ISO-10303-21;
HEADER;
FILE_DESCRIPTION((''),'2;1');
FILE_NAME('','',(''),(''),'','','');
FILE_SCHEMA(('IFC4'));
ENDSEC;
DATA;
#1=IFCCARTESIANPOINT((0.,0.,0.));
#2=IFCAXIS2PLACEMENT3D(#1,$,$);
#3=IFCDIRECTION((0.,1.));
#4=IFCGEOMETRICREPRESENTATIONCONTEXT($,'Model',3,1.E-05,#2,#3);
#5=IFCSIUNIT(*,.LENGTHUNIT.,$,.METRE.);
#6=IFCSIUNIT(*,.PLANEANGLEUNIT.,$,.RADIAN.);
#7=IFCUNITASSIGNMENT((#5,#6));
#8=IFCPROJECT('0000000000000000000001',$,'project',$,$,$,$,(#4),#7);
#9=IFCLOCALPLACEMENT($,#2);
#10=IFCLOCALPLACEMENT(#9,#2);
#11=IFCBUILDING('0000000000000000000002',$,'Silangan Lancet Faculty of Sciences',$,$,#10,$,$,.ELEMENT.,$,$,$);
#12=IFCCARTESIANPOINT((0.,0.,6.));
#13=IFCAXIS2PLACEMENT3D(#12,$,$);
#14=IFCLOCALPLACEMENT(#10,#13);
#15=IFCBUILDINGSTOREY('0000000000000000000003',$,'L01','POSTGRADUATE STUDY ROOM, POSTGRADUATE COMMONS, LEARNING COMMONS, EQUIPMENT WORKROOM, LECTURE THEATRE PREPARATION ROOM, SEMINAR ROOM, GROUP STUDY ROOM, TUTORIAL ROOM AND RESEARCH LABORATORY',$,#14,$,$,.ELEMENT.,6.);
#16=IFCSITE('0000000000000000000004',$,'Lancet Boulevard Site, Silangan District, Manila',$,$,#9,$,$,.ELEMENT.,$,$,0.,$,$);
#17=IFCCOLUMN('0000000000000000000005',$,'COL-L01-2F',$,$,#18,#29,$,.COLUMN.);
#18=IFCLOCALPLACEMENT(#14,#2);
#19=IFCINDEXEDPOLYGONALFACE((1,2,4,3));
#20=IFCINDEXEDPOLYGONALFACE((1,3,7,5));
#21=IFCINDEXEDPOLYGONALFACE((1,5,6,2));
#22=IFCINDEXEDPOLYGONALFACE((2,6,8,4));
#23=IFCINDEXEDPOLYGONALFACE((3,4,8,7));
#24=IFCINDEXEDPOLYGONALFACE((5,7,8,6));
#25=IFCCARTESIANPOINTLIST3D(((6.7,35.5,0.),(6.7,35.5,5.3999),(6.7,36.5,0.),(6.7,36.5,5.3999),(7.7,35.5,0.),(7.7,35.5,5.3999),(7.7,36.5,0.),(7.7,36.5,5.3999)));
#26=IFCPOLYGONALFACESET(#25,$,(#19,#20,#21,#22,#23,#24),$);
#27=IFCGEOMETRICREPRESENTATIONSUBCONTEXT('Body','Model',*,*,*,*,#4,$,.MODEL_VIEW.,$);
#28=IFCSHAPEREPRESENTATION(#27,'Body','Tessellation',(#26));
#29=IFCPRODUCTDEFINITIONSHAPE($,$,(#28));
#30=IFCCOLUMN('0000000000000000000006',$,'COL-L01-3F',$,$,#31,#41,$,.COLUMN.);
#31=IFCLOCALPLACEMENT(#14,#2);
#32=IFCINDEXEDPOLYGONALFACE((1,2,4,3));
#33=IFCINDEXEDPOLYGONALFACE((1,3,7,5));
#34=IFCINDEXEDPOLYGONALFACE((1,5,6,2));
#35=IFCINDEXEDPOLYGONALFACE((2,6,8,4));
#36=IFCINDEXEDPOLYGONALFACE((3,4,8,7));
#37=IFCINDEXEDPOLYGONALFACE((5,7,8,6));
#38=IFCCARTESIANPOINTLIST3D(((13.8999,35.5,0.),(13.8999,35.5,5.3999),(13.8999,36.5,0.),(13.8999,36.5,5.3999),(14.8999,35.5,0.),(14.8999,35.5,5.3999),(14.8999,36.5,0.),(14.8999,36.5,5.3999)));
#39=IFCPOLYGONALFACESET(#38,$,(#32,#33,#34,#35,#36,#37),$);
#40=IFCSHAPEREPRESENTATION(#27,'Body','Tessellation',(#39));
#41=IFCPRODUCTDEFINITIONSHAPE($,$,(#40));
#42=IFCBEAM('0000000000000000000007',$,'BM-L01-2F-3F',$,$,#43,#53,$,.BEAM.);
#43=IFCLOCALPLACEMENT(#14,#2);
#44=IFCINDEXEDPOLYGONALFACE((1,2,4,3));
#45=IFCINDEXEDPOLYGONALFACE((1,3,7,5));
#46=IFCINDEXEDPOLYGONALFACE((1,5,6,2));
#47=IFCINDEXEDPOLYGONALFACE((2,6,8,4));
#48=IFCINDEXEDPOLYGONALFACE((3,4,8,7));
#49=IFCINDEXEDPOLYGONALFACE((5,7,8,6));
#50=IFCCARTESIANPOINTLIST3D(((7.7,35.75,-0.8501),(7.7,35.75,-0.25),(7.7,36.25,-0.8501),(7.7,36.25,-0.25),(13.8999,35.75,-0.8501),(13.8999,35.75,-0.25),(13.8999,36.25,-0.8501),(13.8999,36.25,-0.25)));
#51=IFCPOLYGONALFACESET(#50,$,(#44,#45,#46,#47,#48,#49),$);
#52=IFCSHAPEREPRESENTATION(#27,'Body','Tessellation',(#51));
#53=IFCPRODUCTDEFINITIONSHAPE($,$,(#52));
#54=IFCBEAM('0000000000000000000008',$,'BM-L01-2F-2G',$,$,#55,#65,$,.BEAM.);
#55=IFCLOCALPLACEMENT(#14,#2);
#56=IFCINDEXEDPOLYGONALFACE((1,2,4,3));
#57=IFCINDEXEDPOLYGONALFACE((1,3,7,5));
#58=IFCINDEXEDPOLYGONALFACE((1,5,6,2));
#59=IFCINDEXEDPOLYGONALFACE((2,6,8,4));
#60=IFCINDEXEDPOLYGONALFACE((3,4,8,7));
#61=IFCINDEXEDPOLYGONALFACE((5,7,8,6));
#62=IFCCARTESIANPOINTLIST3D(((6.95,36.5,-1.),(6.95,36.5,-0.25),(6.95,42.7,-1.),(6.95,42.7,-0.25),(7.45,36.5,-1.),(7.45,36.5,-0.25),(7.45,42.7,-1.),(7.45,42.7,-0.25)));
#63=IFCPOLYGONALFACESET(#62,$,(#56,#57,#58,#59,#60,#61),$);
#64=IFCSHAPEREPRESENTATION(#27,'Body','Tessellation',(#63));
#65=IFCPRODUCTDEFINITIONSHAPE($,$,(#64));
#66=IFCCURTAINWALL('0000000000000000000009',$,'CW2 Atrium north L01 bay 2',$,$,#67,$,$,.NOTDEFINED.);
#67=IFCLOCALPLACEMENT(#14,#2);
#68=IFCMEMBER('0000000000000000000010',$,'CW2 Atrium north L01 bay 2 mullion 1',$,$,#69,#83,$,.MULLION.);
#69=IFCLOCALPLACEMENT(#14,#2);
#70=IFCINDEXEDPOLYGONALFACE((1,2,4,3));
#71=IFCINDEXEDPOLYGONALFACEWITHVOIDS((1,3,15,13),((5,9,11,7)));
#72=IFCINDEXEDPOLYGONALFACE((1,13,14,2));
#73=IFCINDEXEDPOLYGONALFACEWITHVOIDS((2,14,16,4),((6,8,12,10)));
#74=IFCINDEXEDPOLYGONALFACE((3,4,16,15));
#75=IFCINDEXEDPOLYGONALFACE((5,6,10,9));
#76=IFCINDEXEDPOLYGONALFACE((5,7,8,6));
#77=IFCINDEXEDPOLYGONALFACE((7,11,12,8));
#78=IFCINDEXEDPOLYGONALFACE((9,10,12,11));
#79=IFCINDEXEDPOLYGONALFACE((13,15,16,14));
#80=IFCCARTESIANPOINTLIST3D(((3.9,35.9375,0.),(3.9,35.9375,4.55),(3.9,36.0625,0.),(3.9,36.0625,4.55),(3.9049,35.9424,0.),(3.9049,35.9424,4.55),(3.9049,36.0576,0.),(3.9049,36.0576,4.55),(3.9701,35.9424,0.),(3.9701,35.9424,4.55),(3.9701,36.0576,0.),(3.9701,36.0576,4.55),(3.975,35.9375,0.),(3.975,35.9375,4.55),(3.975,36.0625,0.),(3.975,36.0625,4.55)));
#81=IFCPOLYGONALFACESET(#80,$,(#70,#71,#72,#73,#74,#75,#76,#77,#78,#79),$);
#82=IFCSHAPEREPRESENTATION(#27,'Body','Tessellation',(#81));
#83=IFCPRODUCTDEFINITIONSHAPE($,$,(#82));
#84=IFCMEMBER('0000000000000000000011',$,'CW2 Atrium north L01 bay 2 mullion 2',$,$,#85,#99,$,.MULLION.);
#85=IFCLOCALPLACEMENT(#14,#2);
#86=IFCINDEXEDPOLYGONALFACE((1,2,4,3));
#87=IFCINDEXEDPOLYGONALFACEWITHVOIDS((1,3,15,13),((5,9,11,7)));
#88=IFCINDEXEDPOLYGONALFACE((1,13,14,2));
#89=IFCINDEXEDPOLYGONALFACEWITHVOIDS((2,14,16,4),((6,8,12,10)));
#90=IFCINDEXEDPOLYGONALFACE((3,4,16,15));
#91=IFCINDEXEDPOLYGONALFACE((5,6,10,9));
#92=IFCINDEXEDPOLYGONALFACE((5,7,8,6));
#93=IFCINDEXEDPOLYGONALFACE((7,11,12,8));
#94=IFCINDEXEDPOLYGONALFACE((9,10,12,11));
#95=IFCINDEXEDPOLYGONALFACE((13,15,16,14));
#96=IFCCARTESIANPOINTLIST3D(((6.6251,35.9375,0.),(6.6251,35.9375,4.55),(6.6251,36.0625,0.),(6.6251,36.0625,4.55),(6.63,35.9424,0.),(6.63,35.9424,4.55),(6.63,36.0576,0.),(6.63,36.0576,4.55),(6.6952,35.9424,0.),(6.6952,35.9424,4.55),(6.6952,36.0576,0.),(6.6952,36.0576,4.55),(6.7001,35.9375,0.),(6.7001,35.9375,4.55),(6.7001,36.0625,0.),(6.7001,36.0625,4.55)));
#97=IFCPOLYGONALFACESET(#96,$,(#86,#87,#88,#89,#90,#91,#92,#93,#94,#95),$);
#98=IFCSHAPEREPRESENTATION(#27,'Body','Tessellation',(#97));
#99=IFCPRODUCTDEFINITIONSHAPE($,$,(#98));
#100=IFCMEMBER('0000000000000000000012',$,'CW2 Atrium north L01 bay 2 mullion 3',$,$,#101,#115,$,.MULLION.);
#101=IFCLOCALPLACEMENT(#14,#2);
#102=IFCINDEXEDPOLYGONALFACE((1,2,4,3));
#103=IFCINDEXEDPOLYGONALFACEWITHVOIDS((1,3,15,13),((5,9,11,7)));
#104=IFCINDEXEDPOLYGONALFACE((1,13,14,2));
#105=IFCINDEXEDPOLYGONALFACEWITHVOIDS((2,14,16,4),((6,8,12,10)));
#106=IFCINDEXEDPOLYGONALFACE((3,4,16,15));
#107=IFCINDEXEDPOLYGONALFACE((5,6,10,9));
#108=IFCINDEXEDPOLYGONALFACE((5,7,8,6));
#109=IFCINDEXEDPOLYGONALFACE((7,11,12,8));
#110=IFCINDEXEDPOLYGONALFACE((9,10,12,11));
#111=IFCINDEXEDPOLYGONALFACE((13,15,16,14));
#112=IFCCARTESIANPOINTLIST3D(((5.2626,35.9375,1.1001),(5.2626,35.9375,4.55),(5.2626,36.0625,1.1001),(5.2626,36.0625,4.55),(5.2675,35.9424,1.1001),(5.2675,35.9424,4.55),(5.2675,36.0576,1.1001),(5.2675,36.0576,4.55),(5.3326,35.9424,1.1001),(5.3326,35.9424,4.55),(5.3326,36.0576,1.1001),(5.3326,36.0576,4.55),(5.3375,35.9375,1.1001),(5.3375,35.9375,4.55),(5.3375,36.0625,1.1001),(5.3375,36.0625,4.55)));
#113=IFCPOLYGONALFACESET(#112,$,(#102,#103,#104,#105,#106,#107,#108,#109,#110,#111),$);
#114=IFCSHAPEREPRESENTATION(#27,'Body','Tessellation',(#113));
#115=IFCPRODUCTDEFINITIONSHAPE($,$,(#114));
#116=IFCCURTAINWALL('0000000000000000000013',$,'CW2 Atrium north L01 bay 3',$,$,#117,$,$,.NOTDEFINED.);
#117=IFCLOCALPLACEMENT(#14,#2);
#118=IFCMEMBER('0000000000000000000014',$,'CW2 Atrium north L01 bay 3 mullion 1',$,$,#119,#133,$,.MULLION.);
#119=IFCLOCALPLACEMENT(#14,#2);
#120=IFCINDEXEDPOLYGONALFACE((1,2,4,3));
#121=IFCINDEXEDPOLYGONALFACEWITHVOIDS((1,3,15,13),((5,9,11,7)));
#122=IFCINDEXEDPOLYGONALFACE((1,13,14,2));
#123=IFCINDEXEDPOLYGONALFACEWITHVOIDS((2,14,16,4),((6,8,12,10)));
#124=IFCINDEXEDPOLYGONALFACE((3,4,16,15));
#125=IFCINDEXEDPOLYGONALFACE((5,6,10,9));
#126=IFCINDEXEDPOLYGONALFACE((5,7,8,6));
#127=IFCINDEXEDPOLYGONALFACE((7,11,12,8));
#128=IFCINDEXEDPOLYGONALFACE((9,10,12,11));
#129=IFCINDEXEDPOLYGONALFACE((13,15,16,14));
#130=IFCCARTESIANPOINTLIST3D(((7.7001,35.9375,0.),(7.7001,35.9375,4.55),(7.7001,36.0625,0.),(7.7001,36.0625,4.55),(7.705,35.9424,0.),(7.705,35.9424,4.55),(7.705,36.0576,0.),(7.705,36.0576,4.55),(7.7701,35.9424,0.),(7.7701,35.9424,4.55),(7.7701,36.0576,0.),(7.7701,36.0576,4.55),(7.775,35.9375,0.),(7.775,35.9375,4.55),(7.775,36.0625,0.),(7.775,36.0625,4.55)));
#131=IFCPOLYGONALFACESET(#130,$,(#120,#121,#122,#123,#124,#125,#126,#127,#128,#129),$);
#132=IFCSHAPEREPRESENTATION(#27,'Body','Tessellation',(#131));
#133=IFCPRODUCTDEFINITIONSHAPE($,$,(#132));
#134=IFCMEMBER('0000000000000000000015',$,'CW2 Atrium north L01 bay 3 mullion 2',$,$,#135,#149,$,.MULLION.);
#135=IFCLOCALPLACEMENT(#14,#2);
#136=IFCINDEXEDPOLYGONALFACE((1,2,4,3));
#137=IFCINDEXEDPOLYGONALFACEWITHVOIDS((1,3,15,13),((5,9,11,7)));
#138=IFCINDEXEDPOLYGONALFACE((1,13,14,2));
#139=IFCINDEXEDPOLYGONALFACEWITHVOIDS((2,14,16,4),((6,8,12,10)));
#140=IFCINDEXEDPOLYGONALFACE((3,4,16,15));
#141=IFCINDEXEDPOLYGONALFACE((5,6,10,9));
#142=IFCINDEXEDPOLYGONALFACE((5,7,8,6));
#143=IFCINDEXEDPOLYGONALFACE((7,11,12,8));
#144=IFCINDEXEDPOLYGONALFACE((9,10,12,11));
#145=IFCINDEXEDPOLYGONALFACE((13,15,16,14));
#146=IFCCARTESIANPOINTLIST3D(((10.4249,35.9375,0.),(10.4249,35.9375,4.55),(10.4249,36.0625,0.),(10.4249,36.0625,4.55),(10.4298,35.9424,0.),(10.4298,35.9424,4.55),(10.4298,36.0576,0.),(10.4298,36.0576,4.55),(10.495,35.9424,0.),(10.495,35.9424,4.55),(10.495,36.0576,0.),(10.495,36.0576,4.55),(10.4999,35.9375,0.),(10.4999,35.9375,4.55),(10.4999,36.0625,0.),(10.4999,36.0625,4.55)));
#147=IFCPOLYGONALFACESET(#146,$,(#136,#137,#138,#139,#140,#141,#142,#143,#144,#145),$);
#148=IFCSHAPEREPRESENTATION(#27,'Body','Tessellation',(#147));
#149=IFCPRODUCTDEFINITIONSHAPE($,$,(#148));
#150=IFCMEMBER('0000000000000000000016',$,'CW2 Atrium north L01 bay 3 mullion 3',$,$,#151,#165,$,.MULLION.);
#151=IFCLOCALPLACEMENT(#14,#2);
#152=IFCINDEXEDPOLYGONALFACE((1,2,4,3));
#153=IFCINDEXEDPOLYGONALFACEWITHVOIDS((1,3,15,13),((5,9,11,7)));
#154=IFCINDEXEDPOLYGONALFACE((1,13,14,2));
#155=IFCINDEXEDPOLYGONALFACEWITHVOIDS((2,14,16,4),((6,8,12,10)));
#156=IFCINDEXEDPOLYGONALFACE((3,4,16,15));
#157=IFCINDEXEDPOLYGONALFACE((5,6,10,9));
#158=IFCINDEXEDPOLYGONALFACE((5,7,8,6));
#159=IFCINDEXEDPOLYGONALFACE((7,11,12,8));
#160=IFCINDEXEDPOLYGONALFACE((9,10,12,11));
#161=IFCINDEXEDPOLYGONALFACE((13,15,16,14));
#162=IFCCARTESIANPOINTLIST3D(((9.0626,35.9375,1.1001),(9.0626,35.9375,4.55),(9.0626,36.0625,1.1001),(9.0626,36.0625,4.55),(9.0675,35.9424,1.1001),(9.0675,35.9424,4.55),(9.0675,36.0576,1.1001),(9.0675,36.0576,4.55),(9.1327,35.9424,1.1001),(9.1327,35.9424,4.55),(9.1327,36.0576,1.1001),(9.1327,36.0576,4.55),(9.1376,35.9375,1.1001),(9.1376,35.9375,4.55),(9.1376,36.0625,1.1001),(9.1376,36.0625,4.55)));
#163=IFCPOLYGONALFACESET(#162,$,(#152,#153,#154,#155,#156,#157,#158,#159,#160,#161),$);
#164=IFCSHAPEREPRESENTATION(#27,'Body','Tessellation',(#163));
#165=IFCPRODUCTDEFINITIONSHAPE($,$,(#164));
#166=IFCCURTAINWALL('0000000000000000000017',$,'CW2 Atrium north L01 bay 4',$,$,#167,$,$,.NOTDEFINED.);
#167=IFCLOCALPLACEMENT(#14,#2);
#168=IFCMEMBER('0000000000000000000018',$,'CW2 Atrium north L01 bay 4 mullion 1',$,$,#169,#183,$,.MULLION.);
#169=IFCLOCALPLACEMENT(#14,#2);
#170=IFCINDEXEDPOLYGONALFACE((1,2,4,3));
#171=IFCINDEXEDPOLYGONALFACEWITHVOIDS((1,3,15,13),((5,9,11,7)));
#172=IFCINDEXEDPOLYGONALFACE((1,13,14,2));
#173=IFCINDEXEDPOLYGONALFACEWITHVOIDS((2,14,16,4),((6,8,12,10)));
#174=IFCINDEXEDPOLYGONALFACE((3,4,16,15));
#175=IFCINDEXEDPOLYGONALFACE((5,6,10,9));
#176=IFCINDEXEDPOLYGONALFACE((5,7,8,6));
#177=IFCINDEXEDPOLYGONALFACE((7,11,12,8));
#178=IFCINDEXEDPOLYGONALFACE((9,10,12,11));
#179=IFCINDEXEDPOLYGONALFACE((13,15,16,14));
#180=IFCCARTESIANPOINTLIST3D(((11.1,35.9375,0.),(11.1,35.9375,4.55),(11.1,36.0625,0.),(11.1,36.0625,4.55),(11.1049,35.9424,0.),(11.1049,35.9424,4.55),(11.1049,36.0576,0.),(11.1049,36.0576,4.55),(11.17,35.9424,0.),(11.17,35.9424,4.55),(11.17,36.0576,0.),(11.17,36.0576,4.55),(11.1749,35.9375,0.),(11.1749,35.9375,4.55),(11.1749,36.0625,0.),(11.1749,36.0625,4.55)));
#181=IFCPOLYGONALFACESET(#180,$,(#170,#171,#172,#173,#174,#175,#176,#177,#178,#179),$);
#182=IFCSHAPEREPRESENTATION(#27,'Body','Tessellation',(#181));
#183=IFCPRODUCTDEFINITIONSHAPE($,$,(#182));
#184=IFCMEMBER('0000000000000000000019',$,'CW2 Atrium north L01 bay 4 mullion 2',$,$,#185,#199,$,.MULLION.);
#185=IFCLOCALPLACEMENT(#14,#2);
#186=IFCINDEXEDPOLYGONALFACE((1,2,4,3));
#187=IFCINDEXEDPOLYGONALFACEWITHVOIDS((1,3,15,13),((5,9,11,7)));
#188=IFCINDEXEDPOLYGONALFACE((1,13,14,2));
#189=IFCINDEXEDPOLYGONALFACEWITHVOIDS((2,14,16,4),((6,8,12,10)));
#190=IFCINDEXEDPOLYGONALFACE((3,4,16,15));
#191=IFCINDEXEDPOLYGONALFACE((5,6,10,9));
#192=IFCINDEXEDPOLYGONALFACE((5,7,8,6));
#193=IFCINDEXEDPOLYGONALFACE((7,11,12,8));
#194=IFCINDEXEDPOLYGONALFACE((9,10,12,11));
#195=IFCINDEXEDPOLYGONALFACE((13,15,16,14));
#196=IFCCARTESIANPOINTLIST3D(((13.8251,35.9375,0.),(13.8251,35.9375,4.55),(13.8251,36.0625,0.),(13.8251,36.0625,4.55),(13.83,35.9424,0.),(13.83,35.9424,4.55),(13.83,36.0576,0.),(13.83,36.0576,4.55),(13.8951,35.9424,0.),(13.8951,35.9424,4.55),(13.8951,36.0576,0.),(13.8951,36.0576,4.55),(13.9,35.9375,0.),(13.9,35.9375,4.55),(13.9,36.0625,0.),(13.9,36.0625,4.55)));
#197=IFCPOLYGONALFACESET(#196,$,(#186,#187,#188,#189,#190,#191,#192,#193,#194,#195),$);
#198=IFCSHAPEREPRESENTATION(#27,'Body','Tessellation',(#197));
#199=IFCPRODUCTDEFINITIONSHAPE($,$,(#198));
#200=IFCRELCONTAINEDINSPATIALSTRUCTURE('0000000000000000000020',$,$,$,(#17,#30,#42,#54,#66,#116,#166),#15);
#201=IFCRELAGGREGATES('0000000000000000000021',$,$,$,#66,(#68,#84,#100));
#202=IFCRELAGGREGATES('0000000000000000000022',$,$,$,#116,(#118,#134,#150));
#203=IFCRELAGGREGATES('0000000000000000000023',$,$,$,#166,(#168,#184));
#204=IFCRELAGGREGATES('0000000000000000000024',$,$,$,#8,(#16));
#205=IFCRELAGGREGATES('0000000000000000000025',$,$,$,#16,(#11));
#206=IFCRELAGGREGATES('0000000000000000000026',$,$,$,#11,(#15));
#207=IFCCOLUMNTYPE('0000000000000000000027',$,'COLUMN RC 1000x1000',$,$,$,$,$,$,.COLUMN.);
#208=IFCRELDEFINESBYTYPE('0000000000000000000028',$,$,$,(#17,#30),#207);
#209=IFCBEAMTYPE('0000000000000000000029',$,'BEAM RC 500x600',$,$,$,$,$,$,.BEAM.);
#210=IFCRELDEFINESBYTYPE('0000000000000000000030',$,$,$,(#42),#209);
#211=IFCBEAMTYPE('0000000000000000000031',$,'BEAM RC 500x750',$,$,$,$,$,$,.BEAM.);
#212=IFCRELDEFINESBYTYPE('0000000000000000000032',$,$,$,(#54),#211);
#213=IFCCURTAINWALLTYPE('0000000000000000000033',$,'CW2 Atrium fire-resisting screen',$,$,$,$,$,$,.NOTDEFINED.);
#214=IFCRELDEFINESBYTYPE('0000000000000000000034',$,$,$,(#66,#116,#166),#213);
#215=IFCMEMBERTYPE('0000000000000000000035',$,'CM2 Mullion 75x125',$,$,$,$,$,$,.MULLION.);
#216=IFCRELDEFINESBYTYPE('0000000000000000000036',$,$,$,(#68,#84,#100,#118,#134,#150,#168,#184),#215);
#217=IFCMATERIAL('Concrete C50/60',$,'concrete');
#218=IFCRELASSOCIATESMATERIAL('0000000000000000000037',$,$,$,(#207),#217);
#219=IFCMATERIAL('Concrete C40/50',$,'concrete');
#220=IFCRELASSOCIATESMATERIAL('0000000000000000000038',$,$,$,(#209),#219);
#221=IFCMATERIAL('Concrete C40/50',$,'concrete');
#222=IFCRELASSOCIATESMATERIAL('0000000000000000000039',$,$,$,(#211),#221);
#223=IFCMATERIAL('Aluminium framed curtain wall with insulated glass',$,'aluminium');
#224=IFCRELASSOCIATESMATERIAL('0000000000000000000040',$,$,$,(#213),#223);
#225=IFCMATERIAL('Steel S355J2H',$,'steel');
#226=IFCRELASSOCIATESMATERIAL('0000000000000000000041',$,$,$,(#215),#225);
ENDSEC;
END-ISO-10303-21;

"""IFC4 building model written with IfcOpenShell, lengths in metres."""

from ifc_helpers import new_model, si_unit, direction, frame, origin, origin_2d, place, context, subcontext, project, spatial, rectangle, hollow_rectangle, extrude, material, material_profile, profile_set, type_object, element, aggregate, save


model = new_model("IFC4")

# Units and contexts
model_context = context("Model", 3, precision=1e-05, world=origin(), true_north=direction((0.0, 1.0)))
body_context = subcontext(model_context, "Body", "Model", "MODEL_VIEW")
ifc_project = project(units=[si_unit("LENGTHUNIT", "METRE"), si_unit("PLANEANGLEUNIT", "RADIAN")], contexts=[model_context])

# Site, building, storey
site_placement = place(None, origin())
site = spatial("IfcSite", under=ifc_project, at=site_placement, Name="Lancet Boulevard Site, Silangan District, Manila", CompositionType="ELEMENT", RefElevation=0.0)
building_placement = place(site_placement, origin())
building = spatial("IfcBuilding", under=site, at=building_placement, Name="Silangan Lancet Faculty of Sciences", CompositionType="ELEMENT")
storey_placement = place(building_placement, frame((0.0, 0.0, 6.0)))
storey = spatial("IfcBuildingStorey", under=building, at=storey_placement, Name="L01", Description="POSTGRADUATE STUDY ROOM, POSTGRADUATE COMMONS, LEARNING COMMONS, EQUIPMENT WORKROOM, LECTURE THEATRE PREPARATION ROOM, SEMINAR ROOM, GROUP STUDY ROOM, TUTORIAL ROOM AND RESEARCH LABORATORY", CompositionType="ELEMENT", Elevation=6.0)

# Columns
ifc_material_1 = material(Name="Concrete C50/60", Category="concrete")
ifc_material_profile_1 = material_profile(ifc_material_1, rectangle(XDim=1.0, YDim=1.0, at=origin_2d()), Name="RC 1000x1000")
ifc_profile_set_1 = profile_set([ifc_material_profile_1], Name="Concrete C50/60")
column_type = type_object("IfcColumnType", Name="COLUMN RC 1000x1000", PredefinedType="COLUMN", material=ifc_profile_set_1)
for number, where, z_axis, x_axis, name in (
    (1, (7.2, 36.0, 0.0), (0.0, 0.0, 1.0), (1.0, 0.0, 0.0), "COL-L01-2F"),
    (2, (14.3999, 36.0, 0.0), (0.0, 0.0, 1.0), (1.0, 0.0, 0.0), "COL-L01-3F"),
):
    element("IfcColumn", number, at=place(storey_placement, frame(where, z_axis=z_axis, x_axis=x_axis)), inside=storey, type_object=column_type, Name=name, PredefinedType="COLUMN", context=body_context, shape_type="SweptSolid", body=[
        extrude(rectangle(XDim=1.0, YDim=1.0, at=origin_2d()), origin(), (0.0, 0.0, 1.0), 5.3999),
    ])

# Beams
ifc_material_2 = material(Name="Concrete C40/50", Category="concrete")
ifc_material_profile_2 = material_profile(ifc_material_2, rectangle(XDim=0.5, YDim=0.6001, at=origin_2d()), Name="RC 500x600")
ifc_profile_set_2 = profile_set([ifc_material_profile_2], Name="Concrete C40/50")
beam_type_1 = type_object("IfcBeamType", Name="BEAM RC 500x600", PredefinedType="BEAM", material=ifc_profile_set_2)
beam_1_placement = place(storey_placement, frame((7.7, 36.0, -0.55), z_axis=(1.0, 0.0, 0.0), x_axis=(0.0, 1.0, 0.0)))
element("IfcBeam", 3, at=beam_1_placement, inside=storey, type_object=beam_type_1, Name="BM-L01-2F-3F", PredefinedType="BEAM", context=body_context, shape_type="SweptSolid", body=[
    extrude(rectangle(XDim=0.5, YDim=0.6001, at=origin_2d()), origin(), (0.0, 0.0, 1.0), 6.2),
])
ifc_material_3 = material(Name="Concrete C40/50", Category="concrete")
ifc_material_profile_3 = material_profile(ifc_material_3, rectangle(XDim=0.5, YDim=0.75, at=origin_2d()), Name="RC 500x750")
ifc_profile_set_3 = profile_set([ifc_material_profile_3], Name="Concrete C40/50")
beam_type_2 = type_object("IfcBeamType", Name="BEAM RC 500x750", PredefinedType="BEAM", material=ifc_profile_set_3)
beam_2_placement = place(storey_placement, frame((7.2, 36.5, -0.625), z_axis=(0.0, 1.0, 0.0), x_axis=(-1.0, 0.0, 0.0)))
element("IfcBeam", 4, at=beam_2_placement, inside=storey, type_object=beam_type_2, Name="BM-L01-2F-2G", PredefinedType="BEAM", context=body_context, shape_type="SweptSolid", body=[
    extrude(rectangle(XDim=0.5, YDim=0.75, at=origin_2d()), origin(), (0.0, 0.0, 1.0), 6.2),
])

# Curtain walls, members
ifc_material_4 = material(Name="Aluminium framed curtain wall with insulated glass", Category="aluminium")
curtain_wall_type = type_object("IfcCurtainWallType", Name="CW2 Atrium fire-resisting screen", PredefinedType="NOTDEFINED", material=ifc_material_4)
curtain_wall_1_placement = place(storey_placement, origin())
curtain_wall_1 = element("IfcCurtainWall", 5, at=curtain_wall_1_placement, inside=storey, type_object=curtain_wall_type, Name="CW2 Atrium north L01 bay 2", PredefinedType="NOTDEFINED")
ifc_material_5 = material(Name="Steel S355J2H", Category="steel")
ifc_material_profile_4 = material_profile(ifc_material_5, hollow_rectangle(XDim=0.075, YDim=0.125, WallThickness=0.0049, at=origin_2d()), Name="ST BOX 75x125x5")
ifc_profile_set_4 = profile_set([ifc_material_profile_4], Name="Steel S355J2H")
member_type_1 = type_object("IfcMemberType", Name="CM2 Mullion 75x125", PredefinedType="MULLION", material=ifc_profile_set_4)
member_1_placement = place(storey_placement, frame((3.9375, 36.0, 0.0), z_axis=(0.0, 0.0, 1.0), x_axis=(1.0, 0.0, 0.0)))
member_1 = element("IfcMember", 6, at=member_1_placement, type_object=member_type_1, Name="CW2 Atrium north L01 bay 2 mullion 1", PredefinedType="MULLION", context=body_context, shape_type="SweptSolid", body=[
    extrude(hollow_rectangle(XDim=0.075, YDim=0.125, WallThickness=0.0049, at=origin_2d()), origin(), (0.0, 0.0, 1.0), 4.55),
])
member_2_placement = place(storey_placement, frame((6.6626, 36.0, 0.0), z_axis=(0.0, 0.0, 1.0), x_axis=(1.0, 0.0, 0.0)))
member_2 = element("IfcMember", 7, at=member_2_placement, type_object=member_type_1, Name="CW2 Atrium north L01 bay 2 mullion 2", PredefinedType="MULLION", context=body_context, shape_type="SweptSolid", body=[
    extrude(hollow_rectangle(XDim=0.075, YDim=0.125, WallThickness=0.0049, at=origin_2d()), origin(), (0.0, 0.0, 1.0), 4.55),
])
member_3_placement = place(storey_placement, frame((5.3, 36.0, 1.1001), z_axis=(0.0, 0.0, 1.0), x_axis=(1.0, 0.0, 0.0)))
member_3 = element("IfcMember", 8, at=member_3_placement, type_object=member_type_1, Name="CW2 Atrium north L01 bay 2 mullion 3", PredefinedType="MULLION", context=body_context, shape_type="SweptSolid", body=[
    extrude(hollow_rectangle(XDim=0.075, YDim=0.125, WallThickness=0.0049, at=origin_2d()), origin(), (0.0, 0.0, 1.0), 3.45),
])
curtain_wall_2_placement = place(storey_placement, origin())
curtain_wall_2 = element("IfcCurtainWall", 9, at=curtain_wall_2_placement, inside=storey, type_object=curtain_wall_type, Name="CW2 Atrium north L01 bay 3", PredefinedType="NOTDEFINED")
member_4_placement = place(storey_placement, frame((7.7375, 36.0, 0.0), z_axis=(0.0, 0.0, 1.0), x_axis=(1.0, 0.0, 0.0)))
member_4 = element("IfcMember", 10, at=member_4_placement, type_object=member_type_1, Name="CW2 Atrium north L01 bay 3 mullion 1", PredefinedType="MULLION", context=body_context, shape_type="SweptSolid", body=[
    extrude(hollow_rectangle(XDim=0.075, YDim=0.125, WallThickness=0.0049, at=origin_2d()), origin(), (0.0, 0.0, 1.0), 4.55),
])
member_5_placement = place(storey_placement, frame((10.4624, 36.0, 0.0), z_axis=(0.0, 0.0, 1.0), x_axis=(1.0, 0.0, 0.0)))
member_5 = element("IfcMember", 11, at=member_5_placement, type_object=member_type_1, Name="CW2 Atrium north L01 bay 3 mullion 2", PredefinedType="MULLION", context=body_context, shape_type="SweptSolid", body=[
    extrude(hollow_rectangle(XDim=0.075, YDim=0.125, WallThickness=0.0049, at=origin_2d()), origin(), (0.0, 0.0, 1.0), 4.55),
])
member_6_placement = place(storey_placement, frame((9.1001, 36.0, 1.1001), z_axis=(0.0, 0.0, 1.0), x_axis=(1.0, 0.0, 0.0)))
member_6 = element("IfcMember", 12, at=member_6_placement, type_object=member_type_1, Name="CW2 Atrium north L01 bay 3 mullion 3", PredefinedType="MULLION", context=body_context, shape_type="SweptSolid", body=[
    extrude(hollow_rectangle(XDim=0.075, YDim=0.125, WallThickness=0.0049, at=origin_2d()), origin(), (0.0, 0.0, 1.0), 3.45),
])
curtain_wall_3_placement = place(storey_placement, origin())
curtain_wall_3 = element("IfcCurtainWall", 13, at=curtain_wall_3_placement, inside=storey, type_object=curtain_wall_type, Name="CW2 Atrium north L01 bay 4", PredefinedType="NOTDEFINED")
member_7_placement = place(storey_placement, frame((11.1375, 36.0, 0.0), z_axis=(0.0, 0.0, 1.0), x_axis=(1.0, 0.0, 0.0)))
member_7 = element("IfcMember", 14, at=member_7_placement, type_object=member_type_1, Name="CW2 Atrium north L01 bay 4 mullion 1", PredefinedType="MULLION", context=body_context, shape_type="SweptSolid", body=[
    extrude(hollow_rectangle(XDim=0.075, YDim=0.125, WallThickness=0.0049, at=origin_2d()), origin(), (0.0, 0.0, 1.0), 4.55),
])
member_8_placement = place(storey_placement, frame((13.8625, 36.0, 0.0), z_axis=(0.0, 0.0, 1.0), x_axis=(1.0, 0.0, 0.0)))
member_8 = element("IfcMember", 15, at=member_8_placement, type_object=member_type_1, Name="CW2 Atrium north L01 bay 4 mullion 2", PredefinedType="MULLION", context=body_context, shape_type="SweptSolid", body=[
    extrude(hollow_rectangle(XDim=0.075, YDim=0.125, WallThickness=0.0049, at=origin_2d()), origin(), (0.0, 0.0, 1.0), 4.55),
])

aggregate(curtain_wall_1, [member_1, member_2, member_3])
aggregate(curtain_wall_2, [member_4, member_5, member_6])
aggregate(curtain_wall_3, [member_7, member_8])

save(model, "model.ifc")
